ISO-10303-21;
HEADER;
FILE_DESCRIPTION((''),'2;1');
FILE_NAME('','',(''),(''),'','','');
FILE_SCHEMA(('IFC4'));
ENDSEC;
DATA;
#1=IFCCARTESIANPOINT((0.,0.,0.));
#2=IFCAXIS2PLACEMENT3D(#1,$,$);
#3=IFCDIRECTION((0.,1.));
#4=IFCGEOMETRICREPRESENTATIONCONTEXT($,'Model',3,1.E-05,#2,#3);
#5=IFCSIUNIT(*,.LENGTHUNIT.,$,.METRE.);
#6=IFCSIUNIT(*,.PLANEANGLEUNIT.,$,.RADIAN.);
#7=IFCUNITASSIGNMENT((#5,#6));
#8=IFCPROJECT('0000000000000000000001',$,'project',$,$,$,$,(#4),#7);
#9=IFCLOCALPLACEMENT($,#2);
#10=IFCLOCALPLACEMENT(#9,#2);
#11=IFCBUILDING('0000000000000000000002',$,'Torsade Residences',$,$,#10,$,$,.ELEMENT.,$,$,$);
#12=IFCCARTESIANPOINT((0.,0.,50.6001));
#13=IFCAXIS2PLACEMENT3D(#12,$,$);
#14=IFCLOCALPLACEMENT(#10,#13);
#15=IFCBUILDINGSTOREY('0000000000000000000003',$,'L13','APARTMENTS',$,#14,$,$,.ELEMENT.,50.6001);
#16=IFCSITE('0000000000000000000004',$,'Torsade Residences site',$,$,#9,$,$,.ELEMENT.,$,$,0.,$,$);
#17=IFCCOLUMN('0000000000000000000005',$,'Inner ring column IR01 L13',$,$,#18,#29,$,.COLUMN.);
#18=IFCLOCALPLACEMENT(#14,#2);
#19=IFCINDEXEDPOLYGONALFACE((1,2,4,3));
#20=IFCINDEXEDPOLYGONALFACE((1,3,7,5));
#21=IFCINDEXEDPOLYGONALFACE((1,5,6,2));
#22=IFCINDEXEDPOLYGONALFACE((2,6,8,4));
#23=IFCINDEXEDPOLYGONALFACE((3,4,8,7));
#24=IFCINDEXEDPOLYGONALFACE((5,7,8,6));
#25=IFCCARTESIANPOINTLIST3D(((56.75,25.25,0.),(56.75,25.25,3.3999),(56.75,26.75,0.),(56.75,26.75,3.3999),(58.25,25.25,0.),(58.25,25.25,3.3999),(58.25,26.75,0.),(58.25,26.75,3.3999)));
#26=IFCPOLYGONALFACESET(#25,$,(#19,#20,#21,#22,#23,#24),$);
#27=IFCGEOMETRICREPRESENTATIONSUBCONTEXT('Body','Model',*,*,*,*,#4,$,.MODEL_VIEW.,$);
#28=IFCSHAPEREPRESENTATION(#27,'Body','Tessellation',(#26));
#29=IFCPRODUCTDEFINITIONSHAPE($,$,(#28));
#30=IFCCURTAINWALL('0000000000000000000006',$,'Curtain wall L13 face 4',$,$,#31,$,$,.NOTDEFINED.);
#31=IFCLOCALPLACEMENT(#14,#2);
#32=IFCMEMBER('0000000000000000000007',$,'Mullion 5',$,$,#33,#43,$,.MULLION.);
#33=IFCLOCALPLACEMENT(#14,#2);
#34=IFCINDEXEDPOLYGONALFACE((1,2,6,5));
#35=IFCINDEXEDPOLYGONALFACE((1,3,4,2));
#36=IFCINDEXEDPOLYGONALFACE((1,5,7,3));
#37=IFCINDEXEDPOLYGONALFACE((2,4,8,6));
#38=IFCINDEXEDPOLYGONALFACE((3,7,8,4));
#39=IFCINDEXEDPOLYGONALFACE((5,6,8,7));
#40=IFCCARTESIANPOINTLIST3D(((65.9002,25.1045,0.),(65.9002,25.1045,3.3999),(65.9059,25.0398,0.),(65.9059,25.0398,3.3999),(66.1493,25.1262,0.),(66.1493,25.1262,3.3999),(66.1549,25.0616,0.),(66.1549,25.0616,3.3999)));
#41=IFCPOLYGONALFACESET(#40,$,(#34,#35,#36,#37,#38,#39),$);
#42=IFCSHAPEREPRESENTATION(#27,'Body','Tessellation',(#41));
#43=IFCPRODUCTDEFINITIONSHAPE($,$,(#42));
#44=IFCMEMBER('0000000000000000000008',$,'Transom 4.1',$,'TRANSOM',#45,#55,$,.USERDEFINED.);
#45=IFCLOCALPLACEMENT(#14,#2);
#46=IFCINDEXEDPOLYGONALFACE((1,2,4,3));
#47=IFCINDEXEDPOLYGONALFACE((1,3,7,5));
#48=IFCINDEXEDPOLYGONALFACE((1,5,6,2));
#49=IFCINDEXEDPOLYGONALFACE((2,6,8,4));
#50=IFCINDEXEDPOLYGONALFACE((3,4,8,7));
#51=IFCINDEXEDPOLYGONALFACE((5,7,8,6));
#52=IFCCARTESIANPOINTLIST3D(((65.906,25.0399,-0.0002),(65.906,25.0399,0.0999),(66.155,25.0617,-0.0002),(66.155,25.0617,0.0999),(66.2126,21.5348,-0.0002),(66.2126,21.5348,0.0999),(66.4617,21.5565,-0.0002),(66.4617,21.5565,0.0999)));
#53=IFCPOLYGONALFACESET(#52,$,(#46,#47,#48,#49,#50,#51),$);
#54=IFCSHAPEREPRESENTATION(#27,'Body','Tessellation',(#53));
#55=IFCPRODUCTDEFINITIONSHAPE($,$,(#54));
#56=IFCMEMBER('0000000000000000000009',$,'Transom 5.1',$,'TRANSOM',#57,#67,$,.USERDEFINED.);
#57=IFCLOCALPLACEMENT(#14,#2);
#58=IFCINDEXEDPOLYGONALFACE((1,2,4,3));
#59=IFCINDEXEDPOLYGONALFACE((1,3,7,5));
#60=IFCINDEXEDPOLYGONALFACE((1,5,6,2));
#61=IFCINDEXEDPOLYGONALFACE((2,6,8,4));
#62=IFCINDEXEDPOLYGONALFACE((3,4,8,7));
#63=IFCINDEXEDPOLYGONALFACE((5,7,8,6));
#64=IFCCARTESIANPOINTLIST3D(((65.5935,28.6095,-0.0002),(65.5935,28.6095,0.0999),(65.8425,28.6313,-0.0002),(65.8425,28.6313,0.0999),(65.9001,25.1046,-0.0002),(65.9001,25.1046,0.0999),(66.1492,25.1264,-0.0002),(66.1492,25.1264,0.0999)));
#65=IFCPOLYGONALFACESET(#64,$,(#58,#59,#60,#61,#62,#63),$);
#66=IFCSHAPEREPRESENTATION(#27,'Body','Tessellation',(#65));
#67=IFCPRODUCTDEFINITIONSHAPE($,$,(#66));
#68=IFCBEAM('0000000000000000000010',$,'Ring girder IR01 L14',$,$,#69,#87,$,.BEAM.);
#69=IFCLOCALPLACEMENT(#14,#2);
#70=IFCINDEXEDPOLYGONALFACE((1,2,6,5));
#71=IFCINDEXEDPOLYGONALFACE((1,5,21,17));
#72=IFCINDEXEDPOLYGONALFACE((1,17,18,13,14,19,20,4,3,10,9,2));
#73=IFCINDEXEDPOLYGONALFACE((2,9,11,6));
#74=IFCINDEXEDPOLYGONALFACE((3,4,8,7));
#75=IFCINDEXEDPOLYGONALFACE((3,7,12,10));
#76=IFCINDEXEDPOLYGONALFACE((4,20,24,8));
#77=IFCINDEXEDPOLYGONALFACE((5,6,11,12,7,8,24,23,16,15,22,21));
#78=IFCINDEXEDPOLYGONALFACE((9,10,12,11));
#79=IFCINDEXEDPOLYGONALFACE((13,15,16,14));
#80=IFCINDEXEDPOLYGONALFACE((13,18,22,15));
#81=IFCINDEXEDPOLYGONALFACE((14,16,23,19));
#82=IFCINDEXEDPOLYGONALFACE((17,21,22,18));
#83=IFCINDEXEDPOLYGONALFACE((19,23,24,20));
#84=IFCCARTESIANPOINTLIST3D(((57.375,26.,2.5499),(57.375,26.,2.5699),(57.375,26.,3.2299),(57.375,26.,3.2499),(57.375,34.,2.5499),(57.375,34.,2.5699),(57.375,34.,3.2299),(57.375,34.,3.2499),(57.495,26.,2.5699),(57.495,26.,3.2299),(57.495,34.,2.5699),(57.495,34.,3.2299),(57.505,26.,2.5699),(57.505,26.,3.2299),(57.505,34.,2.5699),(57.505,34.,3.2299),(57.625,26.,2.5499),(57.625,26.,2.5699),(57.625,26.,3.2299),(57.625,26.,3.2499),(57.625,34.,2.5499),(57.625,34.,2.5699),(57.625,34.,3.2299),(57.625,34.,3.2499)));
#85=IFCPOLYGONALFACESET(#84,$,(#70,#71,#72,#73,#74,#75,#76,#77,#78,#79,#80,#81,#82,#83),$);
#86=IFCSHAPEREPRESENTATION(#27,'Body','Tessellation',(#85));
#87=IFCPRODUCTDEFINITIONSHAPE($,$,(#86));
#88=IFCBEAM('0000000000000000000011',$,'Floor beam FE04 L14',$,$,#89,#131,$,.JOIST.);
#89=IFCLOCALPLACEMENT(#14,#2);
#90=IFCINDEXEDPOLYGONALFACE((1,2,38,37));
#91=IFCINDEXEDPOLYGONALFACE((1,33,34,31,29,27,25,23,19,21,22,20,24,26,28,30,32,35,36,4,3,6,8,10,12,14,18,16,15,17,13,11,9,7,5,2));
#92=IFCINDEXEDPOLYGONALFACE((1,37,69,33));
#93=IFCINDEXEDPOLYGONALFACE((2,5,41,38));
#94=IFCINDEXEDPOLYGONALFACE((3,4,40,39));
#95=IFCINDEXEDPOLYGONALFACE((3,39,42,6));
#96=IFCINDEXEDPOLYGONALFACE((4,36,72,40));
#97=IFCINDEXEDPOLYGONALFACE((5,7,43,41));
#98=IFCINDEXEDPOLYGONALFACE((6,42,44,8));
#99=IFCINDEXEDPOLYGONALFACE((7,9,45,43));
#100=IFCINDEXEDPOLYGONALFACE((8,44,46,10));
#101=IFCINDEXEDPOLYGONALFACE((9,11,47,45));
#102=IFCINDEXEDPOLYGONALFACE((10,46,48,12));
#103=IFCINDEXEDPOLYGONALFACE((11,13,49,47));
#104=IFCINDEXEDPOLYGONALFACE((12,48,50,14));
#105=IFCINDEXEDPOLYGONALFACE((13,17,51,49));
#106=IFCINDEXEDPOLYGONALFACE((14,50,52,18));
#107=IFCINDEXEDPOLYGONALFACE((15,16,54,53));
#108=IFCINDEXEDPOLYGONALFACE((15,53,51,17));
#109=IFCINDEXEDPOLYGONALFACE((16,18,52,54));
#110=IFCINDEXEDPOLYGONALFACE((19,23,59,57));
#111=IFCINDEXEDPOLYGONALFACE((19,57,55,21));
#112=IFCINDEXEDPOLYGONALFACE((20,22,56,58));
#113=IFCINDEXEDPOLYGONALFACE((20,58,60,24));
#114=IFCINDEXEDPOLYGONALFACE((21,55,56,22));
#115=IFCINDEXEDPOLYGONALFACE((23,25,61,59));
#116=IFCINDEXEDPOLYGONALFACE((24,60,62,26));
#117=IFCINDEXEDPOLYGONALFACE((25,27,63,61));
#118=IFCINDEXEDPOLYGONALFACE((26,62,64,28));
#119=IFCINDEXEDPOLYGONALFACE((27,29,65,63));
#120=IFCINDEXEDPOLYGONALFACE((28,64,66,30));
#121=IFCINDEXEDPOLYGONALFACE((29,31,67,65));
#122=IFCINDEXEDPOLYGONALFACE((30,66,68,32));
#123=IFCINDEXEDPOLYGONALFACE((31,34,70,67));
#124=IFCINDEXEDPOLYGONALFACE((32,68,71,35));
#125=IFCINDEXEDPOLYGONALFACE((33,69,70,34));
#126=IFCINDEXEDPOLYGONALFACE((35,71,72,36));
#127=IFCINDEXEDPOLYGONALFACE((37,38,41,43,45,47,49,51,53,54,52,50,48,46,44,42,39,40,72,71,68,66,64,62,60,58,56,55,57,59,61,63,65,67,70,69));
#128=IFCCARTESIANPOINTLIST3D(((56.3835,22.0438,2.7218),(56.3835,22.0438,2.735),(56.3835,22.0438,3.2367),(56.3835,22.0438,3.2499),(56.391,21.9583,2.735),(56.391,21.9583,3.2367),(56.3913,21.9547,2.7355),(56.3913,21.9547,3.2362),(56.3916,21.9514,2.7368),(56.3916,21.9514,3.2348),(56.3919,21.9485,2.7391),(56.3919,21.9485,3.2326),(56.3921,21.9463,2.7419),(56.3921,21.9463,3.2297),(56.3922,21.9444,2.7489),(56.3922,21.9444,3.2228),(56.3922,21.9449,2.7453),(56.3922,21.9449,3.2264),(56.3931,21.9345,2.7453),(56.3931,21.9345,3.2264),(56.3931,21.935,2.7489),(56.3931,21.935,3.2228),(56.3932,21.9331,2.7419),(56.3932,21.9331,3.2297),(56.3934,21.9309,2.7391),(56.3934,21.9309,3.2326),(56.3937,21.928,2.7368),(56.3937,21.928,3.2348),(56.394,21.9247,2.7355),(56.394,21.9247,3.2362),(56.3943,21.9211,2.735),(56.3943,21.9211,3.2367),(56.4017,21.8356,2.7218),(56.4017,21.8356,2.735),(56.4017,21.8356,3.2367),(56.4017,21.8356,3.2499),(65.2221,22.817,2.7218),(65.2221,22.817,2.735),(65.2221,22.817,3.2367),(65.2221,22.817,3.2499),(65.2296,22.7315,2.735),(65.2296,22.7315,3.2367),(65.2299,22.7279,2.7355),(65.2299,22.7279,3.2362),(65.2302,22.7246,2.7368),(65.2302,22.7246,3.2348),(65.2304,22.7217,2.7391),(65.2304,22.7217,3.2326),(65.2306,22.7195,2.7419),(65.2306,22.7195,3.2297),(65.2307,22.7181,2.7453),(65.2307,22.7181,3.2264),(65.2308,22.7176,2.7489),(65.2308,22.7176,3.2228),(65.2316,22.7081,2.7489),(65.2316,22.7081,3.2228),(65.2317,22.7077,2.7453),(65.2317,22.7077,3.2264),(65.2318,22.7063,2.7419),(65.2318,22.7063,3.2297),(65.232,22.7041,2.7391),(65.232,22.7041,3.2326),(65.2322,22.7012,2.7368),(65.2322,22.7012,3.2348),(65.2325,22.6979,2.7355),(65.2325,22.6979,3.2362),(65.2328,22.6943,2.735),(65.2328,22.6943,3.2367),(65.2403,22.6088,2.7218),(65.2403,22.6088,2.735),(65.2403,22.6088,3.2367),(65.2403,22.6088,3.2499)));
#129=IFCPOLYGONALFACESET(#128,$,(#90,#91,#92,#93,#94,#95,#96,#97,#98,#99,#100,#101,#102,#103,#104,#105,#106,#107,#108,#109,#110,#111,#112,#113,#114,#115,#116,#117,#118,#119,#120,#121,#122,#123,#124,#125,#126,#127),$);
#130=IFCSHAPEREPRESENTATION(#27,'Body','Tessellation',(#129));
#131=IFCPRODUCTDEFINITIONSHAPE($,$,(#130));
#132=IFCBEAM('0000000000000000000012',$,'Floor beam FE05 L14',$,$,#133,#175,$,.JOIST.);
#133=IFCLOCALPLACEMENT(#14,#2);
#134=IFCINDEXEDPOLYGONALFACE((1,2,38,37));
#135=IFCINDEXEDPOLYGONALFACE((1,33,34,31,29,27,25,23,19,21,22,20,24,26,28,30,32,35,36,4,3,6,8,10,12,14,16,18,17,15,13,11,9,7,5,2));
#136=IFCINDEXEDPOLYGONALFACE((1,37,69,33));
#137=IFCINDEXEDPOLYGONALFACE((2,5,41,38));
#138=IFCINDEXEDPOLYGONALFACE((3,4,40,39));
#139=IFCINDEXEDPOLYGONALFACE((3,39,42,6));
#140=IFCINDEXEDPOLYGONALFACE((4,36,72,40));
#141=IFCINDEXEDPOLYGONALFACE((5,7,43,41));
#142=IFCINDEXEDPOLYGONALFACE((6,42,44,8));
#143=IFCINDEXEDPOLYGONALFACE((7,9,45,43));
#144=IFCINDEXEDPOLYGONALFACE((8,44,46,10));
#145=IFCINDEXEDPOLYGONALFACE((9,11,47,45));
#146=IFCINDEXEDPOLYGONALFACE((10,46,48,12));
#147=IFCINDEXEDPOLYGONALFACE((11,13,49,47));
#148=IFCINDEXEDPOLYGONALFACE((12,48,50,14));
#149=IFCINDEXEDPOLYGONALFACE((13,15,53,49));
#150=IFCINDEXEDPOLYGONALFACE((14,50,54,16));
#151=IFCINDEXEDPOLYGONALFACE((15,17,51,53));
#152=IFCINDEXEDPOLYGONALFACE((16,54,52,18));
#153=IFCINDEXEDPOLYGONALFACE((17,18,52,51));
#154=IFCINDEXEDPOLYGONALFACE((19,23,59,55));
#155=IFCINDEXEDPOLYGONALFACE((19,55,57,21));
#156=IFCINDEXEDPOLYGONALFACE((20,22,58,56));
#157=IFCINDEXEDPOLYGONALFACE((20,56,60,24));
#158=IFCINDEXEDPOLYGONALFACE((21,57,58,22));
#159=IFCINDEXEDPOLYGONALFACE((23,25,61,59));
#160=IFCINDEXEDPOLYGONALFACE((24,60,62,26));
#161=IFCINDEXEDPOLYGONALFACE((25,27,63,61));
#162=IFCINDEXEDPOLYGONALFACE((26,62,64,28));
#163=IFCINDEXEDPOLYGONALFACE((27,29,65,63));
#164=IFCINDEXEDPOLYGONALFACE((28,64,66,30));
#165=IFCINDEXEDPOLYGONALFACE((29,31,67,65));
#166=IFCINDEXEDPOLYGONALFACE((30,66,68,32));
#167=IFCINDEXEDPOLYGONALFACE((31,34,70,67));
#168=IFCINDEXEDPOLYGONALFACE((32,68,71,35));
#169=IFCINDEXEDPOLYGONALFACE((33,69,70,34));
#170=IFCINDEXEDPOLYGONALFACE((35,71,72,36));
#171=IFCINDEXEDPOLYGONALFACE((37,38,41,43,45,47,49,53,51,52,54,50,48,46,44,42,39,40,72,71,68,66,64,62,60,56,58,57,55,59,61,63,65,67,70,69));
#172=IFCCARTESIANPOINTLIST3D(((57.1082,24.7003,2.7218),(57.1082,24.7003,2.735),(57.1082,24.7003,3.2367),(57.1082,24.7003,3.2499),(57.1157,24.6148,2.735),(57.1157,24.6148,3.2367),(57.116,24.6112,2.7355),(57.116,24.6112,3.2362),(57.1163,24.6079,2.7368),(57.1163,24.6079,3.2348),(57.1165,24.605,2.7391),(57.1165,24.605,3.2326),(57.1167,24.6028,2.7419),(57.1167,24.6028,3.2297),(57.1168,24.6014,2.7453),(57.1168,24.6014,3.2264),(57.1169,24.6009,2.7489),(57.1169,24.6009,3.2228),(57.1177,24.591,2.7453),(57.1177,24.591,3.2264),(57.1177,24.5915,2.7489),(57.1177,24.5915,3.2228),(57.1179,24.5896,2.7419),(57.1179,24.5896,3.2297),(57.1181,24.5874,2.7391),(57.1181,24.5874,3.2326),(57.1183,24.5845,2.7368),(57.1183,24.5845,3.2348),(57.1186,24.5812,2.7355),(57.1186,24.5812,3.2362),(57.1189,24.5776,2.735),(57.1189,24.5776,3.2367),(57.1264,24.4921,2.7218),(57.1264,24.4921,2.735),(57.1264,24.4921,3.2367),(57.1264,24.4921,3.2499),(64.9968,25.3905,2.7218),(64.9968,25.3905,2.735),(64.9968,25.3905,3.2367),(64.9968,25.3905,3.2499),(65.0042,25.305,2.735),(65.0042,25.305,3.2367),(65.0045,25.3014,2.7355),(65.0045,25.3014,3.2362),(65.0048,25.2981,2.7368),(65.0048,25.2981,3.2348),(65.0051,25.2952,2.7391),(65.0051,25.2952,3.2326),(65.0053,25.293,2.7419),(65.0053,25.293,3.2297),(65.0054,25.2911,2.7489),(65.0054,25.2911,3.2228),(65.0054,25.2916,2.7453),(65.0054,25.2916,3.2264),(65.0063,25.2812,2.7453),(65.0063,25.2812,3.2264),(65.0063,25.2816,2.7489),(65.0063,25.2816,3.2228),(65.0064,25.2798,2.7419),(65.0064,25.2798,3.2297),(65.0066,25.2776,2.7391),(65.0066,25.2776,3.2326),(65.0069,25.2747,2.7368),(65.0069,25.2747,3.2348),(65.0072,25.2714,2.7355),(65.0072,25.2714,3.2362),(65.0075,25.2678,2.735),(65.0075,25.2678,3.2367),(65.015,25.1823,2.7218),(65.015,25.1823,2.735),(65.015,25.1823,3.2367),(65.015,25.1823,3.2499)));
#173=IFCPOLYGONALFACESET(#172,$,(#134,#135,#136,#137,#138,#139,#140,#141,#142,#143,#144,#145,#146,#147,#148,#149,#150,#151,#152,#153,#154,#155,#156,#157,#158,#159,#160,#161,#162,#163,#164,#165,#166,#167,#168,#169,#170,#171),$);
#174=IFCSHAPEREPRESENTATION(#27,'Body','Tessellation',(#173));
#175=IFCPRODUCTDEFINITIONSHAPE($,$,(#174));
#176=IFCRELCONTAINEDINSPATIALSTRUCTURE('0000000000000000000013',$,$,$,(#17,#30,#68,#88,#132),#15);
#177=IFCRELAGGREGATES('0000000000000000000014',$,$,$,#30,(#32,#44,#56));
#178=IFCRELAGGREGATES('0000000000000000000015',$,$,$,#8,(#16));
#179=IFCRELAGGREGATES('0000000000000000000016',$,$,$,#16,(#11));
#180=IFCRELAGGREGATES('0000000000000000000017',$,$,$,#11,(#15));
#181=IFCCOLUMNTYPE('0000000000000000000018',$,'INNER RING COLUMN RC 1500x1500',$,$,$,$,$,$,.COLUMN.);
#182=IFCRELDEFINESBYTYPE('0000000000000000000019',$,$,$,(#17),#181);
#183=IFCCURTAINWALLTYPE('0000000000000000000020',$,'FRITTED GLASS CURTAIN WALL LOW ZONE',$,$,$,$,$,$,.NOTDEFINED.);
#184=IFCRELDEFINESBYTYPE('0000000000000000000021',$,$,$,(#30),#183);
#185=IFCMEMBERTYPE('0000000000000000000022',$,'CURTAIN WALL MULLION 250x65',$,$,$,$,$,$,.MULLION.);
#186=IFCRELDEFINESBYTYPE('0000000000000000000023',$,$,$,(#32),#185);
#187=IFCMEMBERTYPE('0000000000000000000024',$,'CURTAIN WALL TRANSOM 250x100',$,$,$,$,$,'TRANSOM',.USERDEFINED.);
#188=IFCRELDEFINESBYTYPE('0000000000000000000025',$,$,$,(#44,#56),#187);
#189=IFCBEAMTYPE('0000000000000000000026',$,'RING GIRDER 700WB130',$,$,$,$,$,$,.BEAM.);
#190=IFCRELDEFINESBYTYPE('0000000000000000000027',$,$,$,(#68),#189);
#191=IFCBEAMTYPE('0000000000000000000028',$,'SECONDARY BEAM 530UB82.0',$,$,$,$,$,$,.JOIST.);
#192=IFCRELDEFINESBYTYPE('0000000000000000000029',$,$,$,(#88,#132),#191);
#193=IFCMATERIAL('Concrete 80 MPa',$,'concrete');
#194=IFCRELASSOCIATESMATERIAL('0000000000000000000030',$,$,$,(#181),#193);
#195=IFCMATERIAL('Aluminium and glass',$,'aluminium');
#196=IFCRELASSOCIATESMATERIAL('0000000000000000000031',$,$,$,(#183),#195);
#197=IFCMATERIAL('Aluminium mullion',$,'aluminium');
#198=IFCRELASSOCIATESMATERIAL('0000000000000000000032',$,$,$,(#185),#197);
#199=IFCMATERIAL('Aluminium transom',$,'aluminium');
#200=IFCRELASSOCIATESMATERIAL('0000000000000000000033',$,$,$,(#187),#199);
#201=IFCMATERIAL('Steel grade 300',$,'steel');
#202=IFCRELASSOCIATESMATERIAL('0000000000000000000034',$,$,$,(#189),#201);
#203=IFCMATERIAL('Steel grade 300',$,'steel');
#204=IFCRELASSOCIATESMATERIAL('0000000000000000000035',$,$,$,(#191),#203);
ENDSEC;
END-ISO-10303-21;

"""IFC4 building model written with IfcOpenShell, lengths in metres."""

from ifc_helpers import new_model, si_unit, direction, frame, origin, origin_2d, place, context, subcontext, project, spatial, rectangle, i_section, extrude, material, material_profile, profile_set, type_object, element, aggregate, save


model = new_model("IFC4")

# Units and contexts
model_context = context("Model", 3, precision=1e-05, world=origin(), true_north=direction((0.0, 1.0)))
body_context = subcontext(model_context, "Body", "Model", "MODEL_VIEW")
ifc_project = project(units=[si_unit("LENGTHUNIT", "METRE"), si_unit("PLANEANGLEUNIT", "RADIAN")], contexts=[model_context])

# Site, building, storey
site_placement = place(None, origin())
site = spatial("IfcSite", under=ifc_project, at=site_placement, Name="Torsade Residences site", CompositionType="ELEMENT", RefElevation=0.0)
building_placement = place(site_placement, origin())
building = spatial("IfcBuilding", under=site, at=building_placement, Name="Torsade Residences", CompositionType="ELEMENT")
storey_placement = place(building_placement, frame((0.0, 0.0, 50.6001)))
storey = spatial("IfcBuildingStorey", under=building, at=storey_placement, Name="L13", Description="APARTMENTS", CompositionType="ELEMENT", Elevation=50.6001)

# Column
ifc_material_1 = material(Name="Concrete 80 MPa", Category="concrete")
ifc_material_profile_1 = material_profile(ifc_material_1, rectangle(XDim=1.5, YDim=1.5, at=origin_2d()), Name="RC 1500x1500")
ifc_profile_set_1 = profile_set([ifc_material_profile_1], Name="Concrete 80 MPa")
column_type = type_object("IfcColumnType", Name="INNER RING COLUMN RC 1500x1500", PredefinedType="COLUMN", material=ifc_profile_set_1)
column_placement = place(storey_placement, frame((57.5, 26.0, 0.0), z_axis=(0.0, 0.0, 1.0), x_axis=(1.0, 0.0, 0.0)))
element("IfcColumn", 1, at=column_placement, inside=storey, type_object=column_type, Name="Inner ring column IR01 L13", PredefinedType="COLUMN", context=body_context, shape_type="SweptSolid", body=[
    extrude(rectangle(XDim=1.5, YDim=1.5, at=origin_2d()), origin(), (0.0, 0.0, 1.0), 3.3999),
])

# Curtain wall, members
ifc_material_2 = material(Name="Aluminium and glass", Category="aluminium")
curtain_wall_type = type_object("IfcCurtainWallType", Name="FRITTED GLASS CURTAIN WALL LOW ZONE", PredefinedType="NOTDEFINED", material=ifc_material_2)
curtain_wall_placement = place(storey_placement, origin())
curtain_wall = element("IfcCurtainWall", 2, at=curtain_wall_placement, inside=storey, type_object=curtain_wall_type, Name="Curtain wall L13 face 4", PredefinedType="NOTDEFINED")
ifc_material_3 = material(Name="Aluminium mullion", Category="aluminium")
ifc_material_profile_2 = material_profile(ifc_material_3, rectangle(XDim=0.25, YDim=0.0649, at=origin_2d()), Name="CURTAIN WALL MULLION 250x65")
ifc_profile_set_2 = profile_set([ifc_material_profile_2], Name="Aluminium mullion")
member_type_1 = type_object("IfcMemberType", Name="CURTAIN WALL MULLION 250x65", PredefinedType="MULLION", material=ifc_profile_set_2)
member_1_placement = place(storey_placement, frame((66.0276, 25.083, 0.0), z_axis=(0.0, 0.0, 1.0), x_axis=(-0.996195, -0.087156, 0.0)))
member_1 = element("IfcMember", 3, at=member_1_placement, type_object=member_type_1, Name="Mullion 5", PredefinedType="MULLION", context=body_context, shape_type="SweptSolid", body=[
    extrude(rectangle(XDim=0.25, YDim=0.0649, at=origin_2d()), origin(), (0.0, 0.0, 1.0), 3.3999),
])
ifc_material_4 = material(Name="Aluminium transom", Category="aluminium")
ifc_material_profile_3 = material_profile(ifc_material_4, rectangle(XDim=0.25, YDim=0.1001, at=origin_2d()), Name="CURTAIN WALL TRANSOM 250x100")
ifc_profile_set_3 = profile_set([ifc_material_profile_3], Name="Aluminium transom")
member_type_2 = type_object("IfcMemberType", Name="CURTAIN WALL TRANSOM 250x100", ElementType="TRANSOM", PredefinedType="USERDEFINED", material=ifc_profile_set_3)
member_2_placement = place(storey_placement, frame((66.3372, 21.5457, 0.0498), z_axis=(-0.087151, 0.996195, 0.0), x_axis=(-0.996195, -0.087151, 0.0)))
member_2 = element("IfcMember", 4, at=member_2_placement, type_object=member_type_2, Name="Transom 4.1", ObjectType="TRANSOM", PredefinedType="USERDEFINED", context=body_context, shape_type="SweptSolid", body=[
    extrude(rectangle(XDim=0.25, YDim=0.1001, at=origin_2d()), origin(), (0.0, 0.0, 1.0), 3.5186),
])
member_3_placement = place(storey_placement, frame((66.0247, 25.1155, 0.0498), z_axis=(-0.087157, 0.996195, 0.0), x_axis=(-0.996195, -0.087157, 0.0)))
member_3 = element("IfcMember", 5, at=member_3_placement, type_object=member_type_2, Name="Transom 5.1", ObjectType="TRANSOM", PredefinedType="USERDEFINED", context=body_context, shape_type="SweptSolid", body=[
    extrude(rectangle(XDim=0.25, YDim=0.1001, at=origin_2d()), origin(), (0.0, 0.0, 1.0), 3.5183),
])

# Beams
ifc_material_5 = material(Name="Steel grade 300", Category="steel")
ifc_material_profile_4 = material_profile(ifc_material_5, i_section(OverallWidth=0.25, OverallDepth=0.7, WebThickness=0.01, FlangeThickness=0.02, at=origin_2d()), Name="700WB130")
ifc_profile_set_4 = profile_set([ifc_material_profile_4], Name="Steel grade 300")
beam_type_1 = type_object("IfcBeamType", Name="RING GIRDER 700WB130", PredefinedType="BEAM", material=ifc_profile_set_4)
beam_1_placement = place(storey_placement, frame((57.5, 26.0, 2.8999), z_axis=(0.0, 1.0, 0.0), x_axis=(-1.0, 0.0, 0.0)))
element("IfcBeam", 6, at=beam_1_placement, inside=storey, type_object=beam_type_1, Name="Ring girder IR01 L14", PredefinedType="BEAM", context=body_context, shape_type="SweptSolid", body=[
    extrude(i_section(OverallWidth=0.25, OverallDepth=0.7, WebThickness=0.01, FlangeThickness=0.02, at=origin_2d()), origin(), (0.0, 0.0, 1.0), 8.0),
])
ifc_material_6 = material(Name="Steel grade 300", Category="steel")
ifc_material_profile_5 = material_profile(ifc_material_6, i_section(OverallWidth=0.209, OverallDepth=0.5281, WebThickness=0.0095, FlangeThickness=0.0132, FilletRadius=0.0139, at=origin_2d()), Name="530UB82.0")
ifc_profile_set_5 = profile_set([ifc_material_profile_5], Name="Steel grade 300")
beam_type_2 = type_object("IfcBeamType", Name="SECONDARY BEAM 530UB82.0", PredefinedType="JOIST", material=ifc_profile_set_5)
beam_2_placement = place(storey_placement, frame((65.2312, 22.7129, 2.9858), z_axis=(-0.996196, -0.087146, 0.0), x_axis=(0.087146, -0.996196, 0.0)))
element("IfcBeam", 7, at=beam_2_placement, inside=storey, type_object=beam_type_2, Name="Floor beam FE04 L14", PredefinedType="JOIST", context=body_context, shape_type="SweptSolid", body=[
    extrude(i_section(OverallWidth=0.209, OverallDepth=0.5281, WebThickness=0.0095, FlangeThickness=0.0132, FilletRadius=0.0139, at=origin_2d()), origin(), (0.0, 0.0, 1.0), 8.8723),
])
beam_3_placement = place(storey_placement, frame((65.0059, 25.2864, 2.9858), z_axis=(-0.996195, -0.087158, 0.0), x_axis=(0.087158, -0.996195, 0.0)))
element("IfcBeam", 8, at=beam_3_placement, inside=storey, type_object=beam_type_2, Name="Floor beam FE05 L14", PredefinedType="JOIST", context=body_context, shape_type="SweptSolid", body=[
    extrude(i_section(OverallWidth=0.209, OverallDepth=0.5281, WebThickness=0.0095, FlangeThickness=0.0132, FilletRadius=0.0139, at=origin_2d()), origin(), (0.0, 0.0, 1.0), 7.9187),
])

aggregate(curtain_wall, [member_1, member_2, member_3])

save(model, "model.ifc")
